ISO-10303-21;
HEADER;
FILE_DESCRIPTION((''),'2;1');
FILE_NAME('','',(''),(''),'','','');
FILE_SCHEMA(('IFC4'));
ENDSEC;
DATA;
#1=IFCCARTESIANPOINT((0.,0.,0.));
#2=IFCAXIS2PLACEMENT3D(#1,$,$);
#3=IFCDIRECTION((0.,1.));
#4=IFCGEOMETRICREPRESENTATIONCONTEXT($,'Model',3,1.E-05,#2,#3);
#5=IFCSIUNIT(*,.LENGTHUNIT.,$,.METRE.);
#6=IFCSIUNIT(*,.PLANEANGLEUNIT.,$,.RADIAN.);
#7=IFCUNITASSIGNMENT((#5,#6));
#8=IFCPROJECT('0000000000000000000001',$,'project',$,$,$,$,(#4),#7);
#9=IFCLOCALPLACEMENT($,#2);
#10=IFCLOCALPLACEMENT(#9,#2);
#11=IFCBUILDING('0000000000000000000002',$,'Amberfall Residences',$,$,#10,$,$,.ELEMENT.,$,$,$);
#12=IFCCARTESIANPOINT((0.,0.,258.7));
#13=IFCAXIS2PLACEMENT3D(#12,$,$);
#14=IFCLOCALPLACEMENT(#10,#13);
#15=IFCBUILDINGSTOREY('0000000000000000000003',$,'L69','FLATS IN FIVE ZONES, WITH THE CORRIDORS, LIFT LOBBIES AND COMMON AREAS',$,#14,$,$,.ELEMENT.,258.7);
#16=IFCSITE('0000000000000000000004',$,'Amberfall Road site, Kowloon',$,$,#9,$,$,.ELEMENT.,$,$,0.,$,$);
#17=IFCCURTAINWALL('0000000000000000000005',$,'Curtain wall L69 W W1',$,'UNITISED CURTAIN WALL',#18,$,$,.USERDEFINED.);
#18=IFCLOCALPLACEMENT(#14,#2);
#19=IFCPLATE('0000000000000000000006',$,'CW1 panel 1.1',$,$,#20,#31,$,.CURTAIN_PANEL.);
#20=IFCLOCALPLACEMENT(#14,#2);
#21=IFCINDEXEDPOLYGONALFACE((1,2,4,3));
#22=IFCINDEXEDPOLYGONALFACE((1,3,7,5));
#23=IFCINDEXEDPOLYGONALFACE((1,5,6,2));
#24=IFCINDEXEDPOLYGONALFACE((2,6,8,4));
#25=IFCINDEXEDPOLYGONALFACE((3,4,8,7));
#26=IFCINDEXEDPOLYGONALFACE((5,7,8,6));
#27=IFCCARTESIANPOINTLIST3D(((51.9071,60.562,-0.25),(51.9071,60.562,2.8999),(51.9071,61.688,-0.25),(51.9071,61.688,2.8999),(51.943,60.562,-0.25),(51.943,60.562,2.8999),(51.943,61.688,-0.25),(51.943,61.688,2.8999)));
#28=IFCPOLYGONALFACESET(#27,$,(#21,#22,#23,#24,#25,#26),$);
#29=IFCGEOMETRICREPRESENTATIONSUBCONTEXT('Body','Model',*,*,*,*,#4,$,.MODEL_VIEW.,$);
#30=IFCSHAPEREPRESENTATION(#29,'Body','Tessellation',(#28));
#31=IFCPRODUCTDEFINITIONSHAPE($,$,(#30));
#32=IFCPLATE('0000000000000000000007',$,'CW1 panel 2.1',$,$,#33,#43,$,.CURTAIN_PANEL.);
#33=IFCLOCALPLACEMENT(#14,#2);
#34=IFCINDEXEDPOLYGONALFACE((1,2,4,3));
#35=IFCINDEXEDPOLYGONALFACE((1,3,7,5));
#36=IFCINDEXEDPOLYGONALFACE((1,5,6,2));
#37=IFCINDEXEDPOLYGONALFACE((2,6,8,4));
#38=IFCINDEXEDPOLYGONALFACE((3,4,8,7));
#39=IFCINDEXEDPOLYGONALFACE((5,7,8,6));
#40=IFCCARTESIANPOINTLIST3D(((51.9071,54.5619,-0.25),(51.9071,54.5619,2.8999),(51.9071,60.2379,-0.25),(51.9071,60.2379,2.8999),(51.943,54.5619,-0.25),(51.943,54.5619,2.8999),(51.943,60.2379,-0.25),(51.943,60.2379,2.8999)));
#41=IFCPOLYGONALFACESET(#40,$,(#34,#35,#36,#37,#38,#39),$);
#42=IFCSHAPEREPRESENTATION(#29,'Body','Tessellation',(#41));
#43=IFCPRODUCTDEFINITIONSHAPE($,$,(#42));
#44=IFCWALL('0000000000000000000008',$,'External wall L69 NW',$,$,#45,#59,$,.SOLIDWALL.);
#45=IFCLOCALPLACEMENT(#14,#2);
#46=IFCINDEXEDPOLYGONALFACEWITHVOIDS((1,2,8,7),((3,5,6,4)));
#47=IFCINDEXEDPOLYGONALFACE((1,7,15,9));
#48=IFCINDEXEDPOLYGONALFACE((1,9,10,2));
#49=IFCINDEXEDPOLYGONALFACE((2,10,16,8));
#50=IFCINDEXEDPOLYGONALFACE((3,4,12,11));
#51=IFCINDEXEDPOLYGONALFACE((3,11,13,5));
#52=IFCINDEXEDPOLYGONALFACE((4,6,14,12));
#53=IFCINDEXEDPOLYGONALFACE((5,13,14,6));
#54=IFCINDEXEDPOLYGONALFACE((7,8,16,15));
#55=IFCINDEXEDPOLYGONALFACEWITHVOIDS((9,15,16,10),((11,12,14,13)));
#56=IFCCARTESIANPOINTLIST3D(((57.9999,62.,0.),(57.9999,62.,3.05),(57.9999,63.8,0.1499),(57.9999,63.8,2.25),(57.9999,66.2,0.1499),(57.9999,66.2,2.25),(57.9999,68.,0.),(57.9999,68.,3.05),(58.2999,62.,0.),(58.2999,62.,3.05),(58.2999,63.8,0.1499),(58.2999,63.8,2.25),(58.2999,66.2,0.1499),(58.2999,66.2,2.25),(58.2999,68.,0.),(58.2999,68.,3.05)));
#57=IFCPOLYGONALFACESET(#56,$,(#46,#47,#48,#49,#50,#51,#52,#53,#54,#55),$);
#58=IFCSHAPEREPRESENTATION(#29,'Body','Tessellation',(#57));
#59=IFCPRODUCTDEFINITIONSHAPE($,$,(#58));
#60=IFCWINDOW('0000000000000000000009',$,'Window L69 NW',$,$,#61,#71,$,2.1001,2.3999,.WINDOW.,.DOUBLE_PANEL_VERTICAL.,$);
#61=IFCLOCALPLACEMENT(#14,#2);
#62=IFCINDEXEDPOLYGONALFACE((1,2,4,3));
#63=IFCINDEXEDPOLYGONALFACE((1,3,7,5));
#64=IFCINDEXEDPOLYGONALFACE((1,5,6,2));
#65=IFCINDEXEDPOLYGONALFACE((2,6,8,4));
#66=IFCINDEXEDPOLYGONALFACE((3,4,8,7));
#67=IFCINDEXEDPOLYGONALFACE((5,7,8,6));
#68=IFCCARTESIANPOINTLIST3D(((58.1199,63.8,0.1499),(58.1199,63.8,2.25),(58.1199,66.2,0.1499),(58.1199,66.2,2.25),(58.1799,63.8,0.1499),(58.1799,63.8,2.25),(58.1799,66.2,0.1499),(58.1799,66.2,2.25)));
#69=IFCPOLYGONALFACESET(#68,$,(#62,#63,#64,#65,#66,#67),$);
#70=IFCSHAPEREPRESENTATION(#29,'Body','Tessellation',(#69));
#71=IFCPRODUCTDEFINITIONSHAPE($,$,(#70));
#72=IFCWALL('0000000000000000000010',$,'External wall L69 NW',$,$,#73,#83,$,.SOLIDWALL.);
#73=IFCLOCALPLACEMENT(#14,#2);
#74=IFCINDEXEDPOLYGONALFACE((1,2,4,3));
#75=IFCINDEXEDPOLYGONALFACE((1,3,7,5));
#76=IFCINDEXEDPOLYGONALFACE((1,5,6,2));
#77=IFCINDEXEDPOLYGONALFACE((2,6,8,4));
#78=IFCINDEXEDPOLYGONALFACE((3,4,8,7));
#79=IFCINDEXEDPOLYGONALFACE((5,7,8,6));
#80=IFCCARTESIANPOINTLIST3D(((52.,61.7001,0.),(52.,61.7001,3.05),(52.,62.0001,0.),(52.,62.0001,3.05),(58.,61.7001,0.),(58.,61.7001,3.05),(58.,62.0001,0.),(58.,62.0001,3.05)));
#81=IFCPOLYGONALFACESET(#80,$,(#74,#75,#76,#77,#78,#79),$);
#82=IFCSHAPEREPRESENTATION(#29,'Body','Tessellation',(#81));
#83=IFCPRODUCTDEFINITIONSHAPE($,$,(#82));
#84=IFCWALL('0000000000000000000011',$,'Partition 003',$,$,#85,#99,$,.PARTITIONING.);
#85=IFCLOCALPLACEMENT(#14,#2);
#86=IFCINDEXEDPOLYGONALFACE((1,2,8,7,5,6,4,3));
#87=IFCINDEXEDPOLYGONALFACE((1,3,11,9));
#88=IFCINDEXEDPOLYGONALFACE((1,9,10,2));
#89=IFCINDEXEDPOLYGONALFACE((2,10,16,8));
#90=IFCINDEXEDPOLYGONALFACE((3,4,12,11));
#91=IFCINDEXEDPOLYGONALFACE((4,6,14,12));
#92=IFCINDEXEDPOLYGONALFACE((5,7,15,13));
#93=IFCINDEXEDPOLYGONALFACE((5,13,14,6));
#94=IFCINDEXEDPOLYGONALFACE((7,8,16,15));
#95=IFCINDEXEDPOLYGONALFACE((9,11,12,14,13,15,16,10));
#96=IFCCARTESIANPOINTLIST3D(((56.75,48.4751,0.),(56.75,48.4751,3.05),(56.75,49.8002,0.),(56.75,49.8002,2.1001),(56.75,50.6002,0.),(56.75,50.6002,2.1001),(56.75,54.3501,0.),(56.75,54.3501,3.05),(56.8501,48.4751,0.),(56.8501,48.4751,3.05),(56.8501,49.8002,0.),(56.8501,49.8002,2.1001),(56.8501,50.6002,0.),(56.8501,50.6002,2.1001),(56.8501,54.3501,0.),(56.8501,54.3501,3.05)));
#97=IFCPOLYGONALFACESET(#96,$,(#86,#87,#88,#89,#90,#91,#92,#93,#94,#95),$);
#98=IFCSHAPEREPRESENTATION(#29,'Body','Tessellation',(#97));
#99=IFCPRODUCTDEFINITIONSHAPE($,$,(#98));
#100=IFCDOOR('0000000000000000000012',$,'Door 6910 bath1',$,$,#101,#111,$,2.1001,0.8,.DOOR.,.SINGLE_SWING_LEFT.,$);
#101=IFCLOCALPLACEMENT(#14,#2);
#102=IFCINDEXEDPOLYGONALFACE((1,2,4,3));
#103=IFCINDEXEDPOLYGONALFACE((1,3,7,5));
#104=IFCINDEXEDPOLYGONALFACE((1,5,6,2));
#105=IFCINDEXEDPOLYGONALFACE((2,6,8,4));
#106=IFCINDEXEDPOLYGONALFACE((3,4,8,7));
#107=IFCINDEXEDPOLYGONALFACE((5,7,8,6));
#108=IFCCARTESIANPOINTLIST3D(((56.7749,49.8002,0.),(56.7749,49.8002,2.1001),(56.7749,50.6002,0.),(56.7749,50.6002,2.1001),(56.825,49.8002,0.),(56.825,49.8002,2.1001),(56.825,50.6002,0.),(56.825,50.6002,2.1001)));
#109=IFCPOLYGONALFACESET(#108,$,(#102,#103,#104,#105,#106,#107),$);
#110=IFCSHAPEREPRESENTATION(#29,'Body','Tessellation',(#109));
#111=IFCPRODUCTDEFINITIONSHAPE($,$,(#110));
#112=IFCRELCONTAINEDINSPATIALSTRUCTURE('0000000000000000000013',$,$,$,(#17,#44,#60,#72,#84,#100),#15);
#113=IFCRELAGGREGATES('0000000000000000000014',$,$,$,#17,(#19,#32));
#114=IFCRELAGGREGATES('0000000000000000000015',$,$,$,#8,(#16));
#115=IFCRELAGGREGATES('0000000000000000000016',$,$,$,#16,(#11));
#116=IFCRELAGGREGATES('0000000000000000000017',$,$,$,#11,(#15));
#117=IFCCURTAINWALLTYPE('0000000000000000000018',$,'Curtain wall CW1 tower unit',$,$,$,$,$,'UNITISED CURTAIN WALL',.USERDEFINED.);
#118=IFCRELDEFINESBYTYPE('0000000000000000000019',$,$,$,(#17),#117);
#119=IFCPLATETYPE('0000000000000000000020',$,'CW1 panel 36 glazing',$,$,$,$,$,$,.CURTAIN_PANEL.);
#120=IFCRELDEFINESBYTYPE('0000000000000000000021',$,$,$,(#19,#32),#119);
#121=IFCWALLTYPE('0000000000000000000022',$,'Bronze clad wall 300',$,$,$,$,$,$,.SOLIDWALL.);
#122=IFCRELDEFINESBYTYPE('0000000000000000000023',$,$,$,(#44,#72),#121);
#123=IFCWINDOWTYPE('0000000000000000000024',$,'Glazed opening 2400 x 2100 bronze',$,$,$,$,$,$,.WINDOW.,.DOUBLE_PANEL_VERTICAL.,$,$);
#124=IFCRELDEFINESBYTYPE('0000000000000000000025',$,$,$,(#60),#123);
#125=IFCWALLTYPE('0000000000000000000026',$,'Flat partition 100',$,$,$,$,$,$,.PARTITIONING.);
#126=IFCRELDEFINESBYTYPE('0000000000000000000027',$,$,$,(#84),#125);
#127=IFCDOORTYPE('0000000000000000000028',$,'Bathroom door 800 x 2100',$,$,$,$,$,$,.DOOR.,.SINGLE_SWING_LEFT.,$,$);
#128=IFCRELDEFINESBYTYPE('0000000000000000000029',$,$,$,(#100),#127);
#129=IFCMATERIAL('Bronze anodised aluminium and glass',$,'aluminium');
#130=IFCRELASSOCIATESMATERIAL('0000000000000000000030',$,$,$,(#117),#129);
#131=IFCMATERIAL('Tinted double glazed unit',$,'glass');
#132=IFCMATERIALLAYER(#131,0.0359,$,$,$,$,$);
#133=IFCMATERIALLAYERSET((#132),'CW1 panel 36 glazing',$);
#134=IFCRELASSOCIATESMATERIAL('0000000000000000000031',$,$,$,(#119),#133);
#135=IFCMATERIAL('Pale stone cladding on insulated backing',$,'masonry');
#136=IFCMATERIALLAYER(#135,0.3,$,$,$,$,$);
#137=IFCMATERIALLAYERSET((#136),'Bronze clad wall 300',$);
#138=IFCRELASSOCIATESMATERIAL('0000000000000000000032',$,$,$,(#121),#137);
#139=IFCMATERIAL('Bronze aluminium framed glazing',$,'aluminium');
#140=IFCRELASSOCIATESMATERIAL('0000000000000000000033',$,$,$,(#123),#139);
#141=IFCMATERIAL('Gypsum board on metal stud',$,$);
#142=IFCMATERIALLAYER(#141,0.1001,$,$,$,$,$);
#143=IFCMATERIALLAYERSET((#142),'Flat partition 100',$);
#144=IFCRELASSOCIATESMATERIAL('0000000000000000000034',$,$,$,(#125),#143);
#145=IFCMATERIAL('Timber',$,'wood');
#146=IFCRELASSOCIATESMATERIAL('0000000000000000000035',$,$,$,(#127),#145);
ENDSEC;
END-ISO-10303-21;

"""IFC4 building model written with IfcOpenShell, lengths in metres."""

from ifc_helpers import new_model, si_unit, direction, frame, frame_2d, origin, origin_2d, place, context, subcontext, project, spatial, rectangle, extrude, material, layer, layer_set, type_object, element, fill, aggregate, save


model = new_model("IFC4")

# Units and contexts
model_context = context("Model", 3, precision=1e-05, world=origin(), true_north=direction((0.0, 1.0)))
body_context = subcontext(model_context, "Body", "Model", "MODEL_VIEW")
ifc_project = project(units=[si_unit("LENGTHUNIT", "METRE"), si_unit("PLANEANGLEUNIT", "RADIAN")], contexts=[model_context])

# Site, building, storey
site_placement = place(None, origin())
site = spatial("IfcSite", under=ifc_project, at=site_placement, Name="Amberfall Road site, Kowloon", CompositionType="ELEMENT", RefElevation=0.0)
building_placement = place(site_placement, origin())
building = spatial("IfcBuilding", under=site, at=building_placement, Name="Amberfall Residences", CompositionType="ELEMENT")
storey_placement = place(building_placement, frame((0.0, 0.0, 258.7)))
storey = spatial("IfcBuildingStorey", under=building, at=storey_placement, Name="L69", Description="FLATS IN FIVE ZONES, WITH THE CORRIDORS, LIFT LOBBIES AND COMMON AREAS", CompositionType="ELEMENT", Elevation=258.7)

# Curtain wall
ifc_material_1 = material(Name="Bronze anodised aluminium and glass", Category="aluminium")
curtain_wall_type = type_object("IfcCurtainWallType", Name="Curtain wall CW1 tower unit", ElementType="UNITISED CURTAIN WALL", PredefinedType="USERDEFINED", material=ifc_material_1)
curtain_wall_1_placement = place(storey_placement, origin())
curtain_wall_1 = element("IfcCurtainWall", 1, at=curtain_wall_1_placement, inside=storey, type_object=curtain_wall_type, Name="Curtain wall L69 W W1", ObjectType="UNITISED CURTAIN WALL", PredefinedType="USERDEFINED")

# Plates
ifc_material_2 = material(Name="Tinted double glazed unit", Category="glass")
ifc_layer_1 = layer(ifc_material_2, 0.0359)
ifc_layer_set_1 = layer_set([ifc_layer_1], Name="CW1 panel 36 glazing")
plate_type = type_object("IfcPlateType", Name="CW1 panel 36 glazing", PredefinedType="CURTAIN_PANEL", material=ifc_layer_set_1)
plate_1_placement = place(storey_placement, frame((51.925, 61.125, -0.25), z_axis=(0.0, 0.0, 1.0), x_axis=(0.0, -1.0, 0.0)))
plate_1 = element("IfcPlate", 2, at=plate_1_placement, type_object=plate_type, Name="CW1 panel 1.1", PredefinedType="CURTAIN_PANEL", context=body_context, shape_type="SweptSolid", body=[
    extrude(rectangle(XDim=1.126, YDim=0.0359, at=origin_2d()), origin(), (0.0, 0.0, 1.0), 3.1499),
])
plate_2_placement = place(storey_placement, frame((51.925, 57.3999, -0.25), z_axis=(0.0, 0.0, 1.0), x_axis=(0.0, -1.0, 0.0)))
plate_2 = element("IfcPlate", 3, at=plate_2_placement, type_object=plate_type, Name="CW1 panel 2.1", PredefinedType="CURTAIN_PANEL", context=body_context, shape_type="SweptSolid", body=[
    extrude(rectangle(XDim=5.676, YDim=0.0359, at=origin_2d()), origin(), (0.0, 0.0, 1.0), 3.1499),
])
aggregate(curtain_wall_1, [plate_1, plate_2])

# Wall, opening, window
ifc_material_3 = material(Name="Pale stone cladding on insulated backing", Category="masonry")
ifc_layer_2 = layer(ifc_material_3, 0.3)
ifc_layer_set_2 = layer_set([ifc_layer_2], Name="Bronze clad wall 300")
wall_type_1 = type_object("IfcWallType", Name="Bronze clad wall 300", PredefinedType="SOLIDWALL", material=ifc_layer_set_2)
wall_1_placement = place(storey_placement, frame((58.1499, 68.0, 0.0), z_axis=(0.0, 0.0, 1.0), x_axis=(0.0, -1.0, 0.0)))
wall_1 = element("IfcWall", 4, at=wall_1_placement, inside=storey, type_object=wall_type_1, Name="External wall L69 NW", PredefinedType="SOLIDWALL", context=body_context, shape_type="SweptSolid", body=[
    extrude(rectangle(XDim=6.0, YDim=0.3, at=frame_2d((3.0, 0.0))), origin(), (0.0, 0.0, 1.0), 3.05),
])
opening_1_placement = place(wall_1_placement, frame((1.8, 0.0, 0.1499)))
opening_1 = element("IfcOpeningElement", 5, at=opening_1_placement, cuts=wall_1, PredefinedType="OPENING", context=body_context, shape_type="SweptSolid", body=[
    extrude(rectangle(XDim=2.3999, YDim=2.1001, at=frame_2d((1.2, 1.05))), frame((0.0, 0.1599, 0.0), z_axis=(0.0, -1.0, 0.0), x_axis=(1.0, 0.0, 0.0)), (0.0, 0.0, 1.0), 0.3201),
])
ifc_material_4 = material(Name="Bronze aluminium framed glazing", Category="aluminium")
window_type = type_object("IfcWindowType", Name="Glazed opening 2400 x 2100 bronze", PartitioningType="DOUBLE_PANEL_VERTICAL", PredefinedType="WINDOW", material=ifc_material_4)
window_placement = place(opening_1_placement, origin())
window = element("IfcWindow", 6, at=window_placement, inside=storey, type_object=window_type, Name="Window L69 NW", OverallHeight=2.1001, OverallWidth=2.3999, PartitioningType="DOUBLE_PANEL_VERTICAL", PredefinedType="WINDOW", context=body_context, shape_type="SweptSolid", body=[
    extrude(rectangle(XDim=2.3999, YDim=2.1001, at=frame_2d((1.2, 1.05))), frame((0.0, 0.03, 0.0), z_axis=(0.0, -1.0, 0.0), x_axis=(1.0, 0.0, 0.0)), (0.0, 0.0, 1.0), 0.0601),
])
fill(opening_1, window)

# Wall
wall_2_placement = place(storey_placement, frame((58.0, 61.8501, 0.0), z_axis=(0.0, 0.0, 1.0), x_axis=(-1.0, 0.0, 0.0)))
element("IfcWall", 7, at=wall_2_placement, inside=storey, type_object=wall_type_1, Name="External wall L69 NW", PredefinedType="SOLIDWALL", context=body_context, shape_type="SweptSolid", body=[
    extrude(rectangle(XDim=6.0, YDim=0.3, at=frame_2d((3.0, 0.0))), origin(), (0.0, 0.0, 1.0), 3.05),
])

# Wall, opening, door
ifc_material_5 = material(Name="Gypsum board on metal stud")
ifc_layer_3 = layer(ifc_material_5, 0.1001)
ifc_layer_set_3 = layer_set([ifc_layer_3], Name="Flat partition 100")
wall_type_2 = type_object("IfcWallType", Name="Flat partition 100", PredefinedType="PARTITIONING", material=ifc_layer_set_3)
wall_3_placement = place(storey_placement, frame((56.8, 54.3501, 0.0), z_axis=(0.0, 0.0, 1.0), x_axis=(0.0, -1.0, 0.0)))
wall_3 = element("IfcWall", 8, at=wall_3_placement, inside=storey, type_object=wall_type_2, Name="Partition 003", PredefinedType="PARTITIONING", context=body_context, shape_type="SweptSolid", body=[
    extrude(rectangle(XDim=5.875, YDim=0.1001, at=frame_2d((2.9375, 0.0))), origin(), (0.0, 0.0, 1.0), 3.05),
])
opening_2_placement = place(wall_3_placement, frame((3.75, 0.0, 0.0)))
opening_2 = element("IfcOpeningElement", 9, at=opening_2_placement, cuts=wall_3, PredefinedType="OPENING", context=body_context, shape_type="SweptSolid", body=[
    extrude(rectangle(XDim=0.8, YDim=2.1001, at=frame_2d((0.3999, 1.05))), frame((0.0, 0.0601, 0.0), z_axis=(0.0, -1.0, 0.0), x_axis=(1.0, 0.0, 0.0)), (0.0, 0.0, 1.0), 0.1201),
])
ifc_material_6 = material(Name="Timber", Category="wood")
door_type = type_object("IfcDoorType", Name="Bathroom door 800 x 2100", OperationType="SINGLE_SWING_LEFT", PredefinedType="DOOR", material=ifc_material_6)
door_placement = place(opening_2_placement, origin())
door = element("IfcDoor", 10, at=door_placement, inside=storey, type_object=door_type, Name="Door 6910 bath1", OperationType="SINGLE_SWING_LEFT", OverallHeight=2.1001, OverallWidth=0.8, PredefinedType="DOOR", context=body_context, shape_type="SweptSolid", body=[
    extrude(rectangle(XDim=0.8, YDim=2.1001, at=frame_2d((0.3999, 1.05))), frame((0.0, 0.0249, 0.0), z_axis=(0.0, -1.0, 0.0), x_axis=(1.0, 0.0, 0.0)), (0.0, 0.0, 1.0), 0.05),
])
fill(opening_2, door)

save(model, "model.ifc")
